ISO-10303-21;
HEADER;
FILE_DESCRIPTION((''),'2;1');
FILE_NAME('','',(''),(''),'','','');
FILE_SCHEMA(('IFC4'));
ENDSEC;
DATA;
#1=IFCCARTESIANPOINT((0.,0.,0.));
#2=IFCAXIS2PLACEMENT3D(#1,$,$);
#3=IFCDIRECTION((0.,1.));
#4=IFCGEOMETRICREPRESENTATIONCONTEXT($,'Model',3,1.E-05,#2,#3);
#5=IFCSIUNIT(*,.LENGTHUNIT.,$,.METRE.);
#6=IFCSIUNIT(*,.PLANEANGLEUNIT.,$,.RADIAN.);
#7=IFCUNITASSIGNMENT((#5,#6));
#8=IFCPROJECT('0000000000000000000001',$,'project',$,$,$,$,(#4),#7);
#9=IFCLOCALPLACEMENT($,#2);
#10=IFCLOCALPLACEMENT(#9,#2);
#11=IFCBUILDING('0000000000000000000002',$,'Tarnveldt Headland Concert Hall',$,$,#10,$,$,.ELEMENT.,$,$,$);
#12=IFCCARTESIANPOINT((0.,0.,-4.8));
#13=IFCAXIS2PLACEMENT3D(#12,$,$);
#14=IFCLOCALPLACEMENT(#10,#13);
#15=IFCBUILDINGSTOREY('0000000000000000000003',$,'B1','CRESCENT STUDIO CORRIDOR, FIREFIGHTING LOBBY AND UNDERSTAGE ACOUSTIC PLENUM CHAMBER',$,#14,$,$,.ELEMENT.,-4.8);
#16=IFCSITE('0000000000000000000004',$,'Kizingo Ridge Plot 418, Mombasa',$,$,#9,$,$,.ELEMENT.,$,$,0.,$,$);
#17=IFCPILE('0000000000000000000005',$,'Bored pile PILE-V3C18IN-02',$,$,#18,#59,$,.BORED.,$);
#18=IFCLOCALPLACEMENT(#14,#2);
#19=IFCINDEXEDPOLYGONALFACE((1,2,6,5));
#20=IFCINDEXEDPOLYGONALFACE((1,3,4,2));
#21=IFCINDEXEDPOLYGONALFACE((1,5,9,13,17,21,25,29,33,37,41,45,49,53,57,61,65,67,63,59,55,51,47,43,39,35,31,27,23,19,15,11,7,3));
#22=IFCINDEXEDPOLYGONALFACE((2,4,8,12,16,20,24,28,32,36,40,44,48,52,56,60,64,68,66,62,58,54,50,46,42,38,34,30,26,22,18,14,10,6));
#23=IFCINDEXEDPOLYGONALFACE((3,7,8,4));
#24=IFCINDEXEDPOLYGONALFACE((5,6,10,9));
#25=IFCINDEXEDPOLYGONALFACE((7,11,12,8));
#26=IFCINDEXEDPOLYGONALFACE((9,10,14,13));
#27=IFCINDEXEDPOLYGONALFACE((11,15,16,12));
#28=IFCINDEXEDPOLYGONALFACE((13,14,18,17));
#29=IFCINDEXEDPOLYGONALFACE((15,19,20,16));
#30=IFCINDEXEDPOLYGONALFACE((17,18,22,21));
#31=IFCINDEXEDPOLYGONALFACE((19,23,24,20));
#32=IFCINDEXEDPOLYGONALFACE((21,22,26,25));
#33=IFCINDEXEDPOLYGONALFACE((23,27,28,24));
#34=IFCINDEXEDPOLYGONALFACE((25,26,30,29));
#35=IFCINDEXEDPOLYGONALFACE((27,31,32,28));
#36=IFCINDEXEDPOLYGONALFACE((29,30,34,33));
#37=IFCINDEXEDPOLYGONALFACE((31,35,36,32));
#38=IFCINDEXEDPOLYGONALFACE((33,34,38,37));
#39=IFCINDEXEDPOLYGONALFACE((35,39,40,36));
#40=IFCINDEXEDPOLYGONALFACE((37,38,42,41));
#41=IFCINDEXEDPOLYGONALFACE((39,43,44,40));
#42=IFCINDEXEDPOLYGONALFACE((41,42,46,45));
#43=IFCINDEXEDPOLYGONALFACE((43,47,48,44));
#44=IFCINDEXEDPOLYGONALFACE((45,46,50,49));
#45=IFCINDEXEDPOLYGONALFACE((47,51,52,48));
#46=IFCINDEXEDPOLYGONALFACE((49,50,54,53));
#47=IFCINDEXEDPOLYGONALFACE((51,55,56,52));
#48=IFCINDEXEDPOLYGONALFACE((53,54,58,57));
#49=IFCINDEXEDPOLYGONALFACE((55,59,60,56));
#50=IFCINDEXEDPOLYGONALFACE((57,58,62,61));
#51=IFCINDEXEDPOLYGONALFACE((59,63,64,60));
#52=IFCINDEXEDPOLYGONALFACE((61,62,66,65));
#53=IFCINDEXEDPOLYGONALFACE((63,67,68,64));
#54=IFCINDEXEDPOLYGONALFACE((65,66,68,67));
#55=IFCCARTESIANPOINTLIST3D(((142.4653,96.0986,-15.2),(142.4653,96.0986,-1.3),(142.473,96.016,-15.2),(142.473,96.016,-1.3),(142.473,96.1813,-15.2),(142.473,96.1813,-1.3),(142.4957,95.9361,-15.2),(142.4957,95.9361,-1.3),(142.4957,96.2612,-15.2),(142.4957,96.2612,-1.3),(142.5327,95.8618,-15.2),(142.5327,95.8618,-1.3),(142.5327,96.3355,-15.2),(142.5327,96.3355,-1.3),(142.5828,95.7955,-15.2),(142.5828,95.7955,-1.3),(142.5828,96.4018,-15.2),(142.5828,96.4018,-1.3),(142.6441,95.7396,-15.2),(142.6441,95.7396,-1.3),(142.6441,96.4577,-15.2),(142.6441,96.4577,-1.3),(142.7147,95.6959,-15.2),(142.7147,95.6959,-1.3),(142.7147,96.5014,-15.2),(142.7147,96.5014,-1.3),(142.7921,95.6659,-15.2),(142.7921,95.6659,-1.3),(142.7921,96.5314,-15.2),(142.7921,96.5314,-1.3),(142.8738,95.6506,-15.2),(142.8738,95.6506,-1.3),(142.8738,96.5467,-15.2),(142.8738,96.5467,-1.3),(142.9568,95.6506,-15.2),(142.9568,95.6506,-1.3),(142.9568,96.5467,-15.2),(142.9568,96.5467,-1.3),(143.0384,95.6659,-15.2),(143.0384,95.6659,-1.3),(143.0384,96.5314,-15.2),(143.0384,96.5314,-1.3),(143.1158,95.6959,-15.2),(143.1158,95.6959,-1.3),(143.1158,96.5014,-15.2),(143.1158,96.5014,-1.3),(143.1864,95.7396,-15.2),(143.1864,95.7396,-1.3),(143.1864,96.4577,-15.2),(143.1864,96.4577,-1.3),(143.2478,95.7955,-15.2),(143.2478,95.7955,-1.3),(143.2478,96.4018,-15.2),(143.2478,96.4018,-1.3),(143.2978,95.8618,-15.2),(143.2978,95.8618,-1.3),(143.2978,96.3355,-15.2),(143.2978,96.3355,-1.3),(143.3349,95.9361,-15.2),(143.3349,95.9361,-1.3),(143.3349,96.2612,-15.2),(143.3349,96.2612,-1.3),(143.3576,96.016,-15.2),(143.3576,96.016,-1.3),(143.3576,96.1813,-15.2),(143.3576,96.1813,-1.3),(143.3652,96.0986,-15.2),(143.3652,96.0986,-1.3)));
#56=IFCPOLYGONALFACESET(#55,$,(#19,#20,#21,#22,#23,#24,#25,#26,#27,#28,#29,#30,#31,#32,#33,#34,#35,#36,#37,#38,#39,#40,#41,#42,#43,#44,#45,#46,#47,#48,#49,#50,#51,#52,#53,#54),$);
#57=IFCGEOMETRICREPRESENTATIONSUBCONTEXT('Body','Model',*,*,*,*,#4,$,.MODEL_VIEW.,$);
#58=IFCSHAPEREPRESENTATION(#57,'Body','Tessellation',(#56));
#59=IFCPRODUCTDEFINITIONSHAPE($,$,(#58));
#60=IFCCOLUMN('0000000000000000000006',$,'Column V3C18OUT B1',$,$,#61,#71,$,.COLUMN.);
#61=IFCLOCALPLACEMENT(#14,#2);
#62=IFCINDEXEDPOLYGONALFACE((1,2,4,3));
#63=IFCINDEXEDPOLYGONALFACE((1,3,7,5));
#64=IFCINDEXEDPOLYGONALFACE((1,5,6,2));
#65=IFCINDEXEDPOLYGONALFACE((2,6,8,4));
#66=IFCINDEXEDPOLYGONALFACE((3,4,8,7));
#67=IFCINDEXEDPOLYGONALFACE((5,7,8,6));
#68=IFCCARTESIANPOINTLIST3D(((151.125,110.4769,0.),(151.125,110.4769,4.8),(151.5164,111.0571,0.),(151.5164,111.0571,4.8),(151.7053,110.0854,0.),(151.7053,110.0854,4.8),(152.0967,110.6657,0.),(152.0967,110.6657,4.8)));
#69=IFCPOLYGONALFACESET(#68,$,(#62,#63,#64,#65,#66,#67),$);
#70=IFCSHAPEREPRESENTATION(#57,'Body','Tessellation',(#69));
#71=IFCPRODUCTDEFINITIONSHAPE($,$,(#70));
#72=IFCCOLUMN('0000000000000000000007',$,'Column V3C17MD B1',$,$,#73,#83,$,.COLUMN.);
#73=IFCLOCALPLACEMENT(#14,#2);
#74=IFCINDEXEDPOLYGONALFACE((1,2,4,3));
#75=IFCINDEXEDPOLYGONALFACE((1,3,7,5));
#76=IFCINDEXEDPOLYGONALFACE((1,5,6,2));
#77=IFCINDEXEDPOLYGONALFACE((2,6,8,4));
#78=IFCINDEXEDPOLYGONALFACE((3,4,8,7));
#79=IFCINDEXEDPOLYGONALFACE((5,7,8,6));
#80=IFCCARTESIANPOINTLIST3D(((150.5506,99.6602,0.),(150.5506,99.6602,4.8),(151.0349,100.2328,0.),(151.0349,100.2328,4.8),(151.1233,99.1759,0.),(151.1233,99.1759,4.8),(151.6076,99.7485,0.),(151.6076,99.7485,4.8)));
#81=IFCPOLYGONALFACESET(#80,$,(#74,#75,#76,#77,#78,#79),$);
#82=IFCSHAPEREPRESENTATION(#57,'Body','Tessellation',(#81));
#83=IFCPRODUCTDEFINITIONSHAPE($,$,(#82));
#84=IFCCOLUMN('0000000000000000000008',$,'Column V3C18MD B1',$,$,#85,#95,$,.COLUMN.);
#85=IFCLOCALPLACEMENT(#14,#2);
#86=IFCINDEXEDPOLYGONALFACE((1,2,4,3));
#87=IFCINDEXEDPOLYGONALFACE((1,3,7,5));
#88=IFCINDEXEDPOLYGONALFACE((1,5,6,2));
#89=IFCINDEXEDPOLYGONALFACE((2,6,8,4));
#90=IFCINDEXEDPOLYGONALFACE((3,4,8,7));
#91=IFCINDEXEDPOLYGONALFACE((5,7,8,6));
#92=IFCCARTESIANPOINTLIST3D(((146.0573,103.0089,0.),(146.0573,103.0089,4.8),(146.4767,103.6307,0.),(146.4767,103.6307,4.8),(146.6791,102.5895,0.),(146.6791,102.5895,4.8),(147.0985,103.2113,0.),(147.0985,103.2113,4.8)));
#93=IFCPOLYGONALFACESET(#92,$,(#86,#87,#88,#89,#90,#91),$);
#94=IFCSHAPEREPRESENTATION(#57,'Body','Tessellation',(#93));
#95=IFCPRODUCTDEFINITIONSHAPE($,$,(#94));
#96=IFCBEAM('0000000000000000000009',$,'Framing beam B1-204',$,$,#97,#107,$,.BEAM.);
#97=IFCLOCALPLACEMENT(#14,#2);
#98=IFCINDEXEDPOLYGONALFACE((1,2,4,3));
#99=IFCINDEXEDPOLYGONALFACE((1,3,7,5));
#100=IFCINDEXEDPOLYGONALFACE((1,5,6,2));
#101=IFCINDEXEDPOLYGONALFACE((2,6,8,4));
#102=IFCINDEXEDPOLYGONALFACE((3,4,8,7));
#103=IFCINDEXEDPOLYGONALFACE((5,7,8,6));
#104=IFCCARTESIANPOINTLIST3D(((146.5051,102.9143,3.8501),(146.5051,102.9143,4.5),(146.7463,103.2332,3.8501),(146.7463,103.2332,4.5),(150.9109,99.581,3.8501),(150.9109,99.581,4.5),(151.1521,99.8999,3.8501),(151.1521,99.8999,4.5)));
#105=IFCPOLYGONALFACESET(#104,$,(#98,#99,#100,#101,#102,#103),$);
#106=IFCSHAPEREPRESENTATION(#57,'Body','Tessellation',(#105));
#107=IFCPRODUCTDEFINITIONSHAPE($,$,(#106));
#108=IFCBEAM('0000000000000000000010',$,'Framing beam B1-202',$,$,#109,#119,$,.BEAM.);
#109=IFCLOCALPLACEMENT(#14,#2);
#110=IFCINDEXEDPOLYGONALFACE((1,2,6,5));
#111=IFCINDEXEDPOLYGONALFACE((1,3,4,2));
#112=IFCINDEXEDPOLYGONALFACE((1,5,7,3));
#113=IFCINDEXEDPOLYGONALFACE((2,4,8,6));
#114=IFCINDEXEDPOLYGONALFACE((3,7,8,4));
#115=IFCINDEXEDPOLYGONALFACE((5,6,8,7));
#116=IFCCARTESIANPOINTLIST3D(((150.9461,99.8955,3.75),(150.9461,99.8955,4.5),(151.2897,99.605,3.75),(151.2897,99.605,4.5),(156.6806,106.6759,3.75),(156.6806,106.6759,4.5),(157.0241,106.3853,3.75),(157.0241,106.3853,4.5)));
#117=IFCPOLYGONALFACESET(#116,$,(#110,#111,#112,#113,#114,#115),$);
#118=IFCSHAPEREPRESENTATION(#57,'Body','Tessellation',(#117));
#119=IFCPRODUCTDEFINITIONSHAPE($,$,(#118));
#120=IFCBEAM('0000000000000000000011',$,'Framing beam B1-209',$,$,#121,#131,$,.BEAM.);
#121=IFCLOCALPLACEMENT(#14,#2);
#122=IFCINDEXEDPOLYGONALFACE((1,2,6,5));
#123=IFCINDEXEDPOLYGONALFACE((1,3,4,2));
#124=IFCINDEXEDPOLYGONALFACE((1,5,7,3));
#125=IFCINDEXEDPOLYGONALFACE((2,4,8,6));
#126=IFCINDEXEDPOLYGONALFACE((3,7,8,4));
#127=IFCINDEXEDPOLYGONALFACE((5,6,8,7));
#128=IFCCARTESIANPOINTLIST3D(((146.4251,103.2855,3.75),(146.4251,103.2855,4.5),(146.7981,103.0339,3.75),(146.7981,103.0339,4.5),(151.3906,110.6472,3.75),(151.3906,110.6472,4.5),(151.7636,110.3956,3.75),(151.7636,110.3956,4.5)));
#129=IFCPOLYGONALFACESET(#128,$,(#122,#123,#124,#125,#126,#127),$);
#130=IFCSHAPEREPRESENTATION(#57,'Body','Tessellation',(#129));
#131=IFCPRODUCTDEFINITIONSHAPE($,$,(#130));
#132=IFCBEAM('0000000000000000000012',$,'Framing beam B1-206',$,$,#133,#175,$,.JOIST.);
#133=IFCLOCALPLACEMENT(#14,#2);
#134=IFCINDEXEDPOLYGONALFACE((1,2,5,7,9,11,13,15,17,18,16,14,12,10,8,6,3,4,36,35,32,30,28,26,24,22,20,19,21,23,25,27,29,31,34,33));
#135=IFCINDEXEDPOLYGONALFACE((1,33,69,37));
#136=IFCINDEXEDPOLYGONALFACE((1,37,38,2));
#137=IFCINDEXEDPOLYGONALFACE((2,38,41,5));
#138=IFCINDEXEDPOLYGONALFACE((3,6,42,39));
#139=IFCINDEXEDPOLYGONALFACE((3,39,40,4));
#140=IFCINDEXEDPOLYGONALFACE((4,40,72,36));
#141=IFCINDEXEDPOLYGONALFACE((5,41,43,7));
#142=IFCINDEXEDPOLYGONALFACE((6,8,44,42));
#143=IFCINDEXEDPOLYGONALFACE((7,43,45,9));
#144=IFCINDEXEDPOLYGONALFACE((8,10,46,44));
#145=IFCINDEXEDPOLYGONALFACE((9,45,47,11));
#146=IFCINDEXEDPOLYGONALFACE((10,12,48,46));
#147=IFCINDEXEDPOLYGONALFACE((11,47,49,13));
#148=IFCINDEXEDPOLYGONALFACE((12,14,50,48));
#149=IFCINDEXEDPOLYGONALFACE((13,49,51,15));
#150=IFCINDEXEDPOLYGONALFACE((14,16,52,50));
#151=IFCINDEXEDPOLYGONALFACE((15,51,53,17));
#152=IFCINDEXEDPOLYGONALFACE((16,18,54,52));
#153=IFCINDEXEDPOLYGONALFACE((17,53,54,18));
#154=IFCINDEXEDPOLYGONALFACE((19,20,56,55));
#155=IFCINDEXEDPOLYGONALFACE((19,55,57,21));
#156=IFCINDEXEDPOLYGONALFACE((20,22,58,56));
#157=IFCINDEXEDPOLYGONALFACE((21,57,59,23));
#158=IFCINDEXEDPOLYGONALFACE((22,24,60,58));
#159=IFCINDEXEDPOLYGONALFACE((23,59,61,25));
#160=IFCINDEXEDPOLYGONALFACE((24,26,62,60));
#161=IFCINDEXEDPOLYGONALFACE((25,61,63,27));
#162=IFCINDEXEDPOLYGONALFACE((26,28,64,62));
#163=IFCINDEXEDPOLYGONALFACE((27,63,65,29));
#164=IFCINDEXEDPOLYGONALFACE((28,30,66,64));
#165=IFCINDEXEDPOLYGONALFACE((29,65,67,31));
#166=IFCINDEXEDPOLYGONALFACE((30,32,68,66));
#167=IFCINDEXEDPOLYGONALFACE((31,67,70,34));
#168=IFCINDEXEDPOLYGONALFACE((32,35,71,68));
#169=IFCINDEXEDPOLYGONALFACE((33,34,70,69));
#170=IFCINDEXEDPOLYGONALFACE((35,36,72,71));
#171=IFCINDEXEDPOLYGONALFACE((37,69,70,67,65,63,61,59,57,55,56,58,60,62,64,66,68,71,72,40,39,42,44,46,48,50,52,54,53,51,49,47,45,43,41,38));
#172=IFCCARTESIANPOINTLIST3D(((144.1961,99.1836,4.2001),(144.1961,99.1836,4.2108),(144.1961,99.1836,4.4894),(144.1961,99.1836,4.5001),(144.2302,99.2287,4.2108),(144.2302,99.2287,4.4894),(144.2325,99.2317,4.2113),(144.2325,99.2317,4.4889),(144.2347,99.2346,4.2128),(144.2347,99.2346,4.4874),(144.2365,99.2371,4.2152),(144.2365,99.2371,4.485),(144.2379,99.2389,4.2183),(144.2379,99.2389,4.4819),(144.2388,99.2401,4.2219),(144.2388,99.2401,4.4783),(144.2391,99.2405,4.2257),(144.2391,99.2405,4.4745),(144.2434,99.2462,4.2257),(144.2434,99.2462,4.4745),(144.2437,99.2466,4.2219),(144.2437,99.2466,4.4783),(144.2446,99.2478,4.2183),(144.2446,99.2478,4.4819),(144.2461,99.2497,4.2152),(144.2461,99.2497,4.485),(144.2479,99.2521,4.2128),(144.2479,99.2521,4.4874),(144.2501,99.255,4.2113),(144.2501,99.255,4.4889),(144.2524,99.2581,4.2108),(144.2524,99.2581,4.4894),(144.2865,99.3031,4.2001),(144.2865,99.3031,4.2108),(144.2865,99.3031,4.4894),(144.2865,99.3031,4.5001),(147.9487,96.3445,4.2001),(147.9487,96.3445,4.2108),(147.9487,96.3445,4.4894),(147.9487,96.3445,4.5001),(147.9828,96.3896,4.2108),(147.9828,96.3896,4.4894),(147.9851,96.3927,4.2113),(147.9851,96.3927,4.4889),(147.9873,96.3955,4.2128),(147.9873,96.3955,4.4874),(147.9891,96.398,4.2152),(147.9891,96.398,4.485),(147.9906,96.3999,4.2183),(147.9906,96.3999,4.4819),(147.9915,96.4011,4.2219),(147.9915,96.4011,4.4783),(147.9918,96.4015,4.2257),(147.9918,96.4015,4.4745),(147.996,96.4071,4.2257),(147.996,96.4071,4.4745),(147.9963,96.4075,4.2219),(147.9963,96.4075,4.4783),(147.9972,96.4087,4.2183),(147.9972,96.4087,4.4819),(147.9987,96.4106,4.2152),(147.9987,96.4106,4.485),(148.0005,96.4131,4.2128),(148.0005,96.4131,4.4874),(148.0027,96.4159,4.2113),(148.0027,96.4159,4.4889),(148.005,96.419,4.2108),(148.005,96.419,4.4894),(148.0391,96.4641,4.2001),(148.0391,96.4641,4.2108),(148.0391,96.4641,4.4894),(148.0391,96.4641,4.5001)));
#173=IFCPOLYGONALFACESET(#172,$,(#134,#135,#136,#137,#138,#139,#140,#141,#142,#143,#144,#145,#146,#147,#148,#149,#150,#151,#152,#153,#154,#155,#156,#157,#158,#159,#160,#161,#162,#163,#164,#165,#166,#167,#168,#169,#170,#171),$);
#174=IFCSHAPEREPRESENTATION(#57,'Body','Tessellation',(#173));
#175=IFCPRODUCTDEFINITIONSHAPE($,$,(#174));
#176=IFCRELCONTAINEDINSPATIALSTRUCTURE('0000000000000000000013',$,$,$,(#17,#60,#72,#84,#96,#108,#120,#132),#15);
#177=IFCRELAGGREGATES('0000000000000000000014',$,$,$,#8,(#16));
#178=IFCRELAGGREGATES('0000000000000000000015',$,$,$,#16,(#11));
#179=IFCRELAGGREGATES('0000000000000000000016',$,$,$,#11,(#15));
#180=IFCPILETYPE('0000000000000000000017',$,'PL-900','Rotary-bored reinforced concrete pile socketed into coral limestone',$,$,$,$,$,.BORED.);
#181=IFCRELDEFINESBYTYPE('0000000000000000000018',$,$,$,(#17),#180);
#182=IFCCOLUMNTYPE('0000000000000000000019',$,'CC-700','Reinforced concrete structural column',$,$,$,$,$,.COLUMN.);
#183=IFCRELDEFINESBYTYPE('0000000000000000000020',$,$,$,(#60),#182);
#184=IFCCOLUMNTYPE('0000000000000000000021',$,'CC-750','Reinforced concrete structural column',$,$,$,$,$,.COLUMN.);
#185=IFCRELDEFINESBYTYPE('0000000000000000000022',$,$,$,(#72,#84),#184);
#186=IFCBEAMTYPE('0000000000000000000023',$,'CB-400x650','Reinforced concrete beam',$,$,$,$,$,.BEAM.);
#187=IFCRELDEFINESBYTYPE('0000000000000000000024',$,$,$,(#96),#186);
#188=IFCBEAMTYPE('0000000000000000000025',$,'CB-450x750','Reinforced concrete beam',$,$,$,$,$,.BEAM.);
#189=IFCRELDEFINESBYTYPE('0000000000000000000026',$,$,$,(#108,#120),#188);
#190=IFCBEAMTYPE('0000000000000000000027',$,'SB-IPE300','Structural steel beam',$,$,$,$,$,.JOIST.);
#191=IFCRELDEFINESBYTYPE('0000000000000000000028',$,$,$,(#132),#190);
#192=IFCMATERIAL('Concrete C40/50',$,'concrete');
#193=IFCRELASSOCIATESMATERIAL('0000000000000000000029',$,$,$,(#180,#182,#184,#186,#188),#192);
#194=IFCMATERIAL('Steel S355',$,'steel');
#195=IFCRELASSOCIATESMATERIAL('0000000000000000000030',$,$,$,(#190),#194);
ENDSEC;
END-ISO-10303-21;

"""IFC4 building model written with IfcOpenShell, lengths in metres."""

from ifc_helpers import new_model, si_unit, direction, frame, origin, origin_2d, place, context, subcontext, project, spatial, rectangle, circle, i_section, extrude, material, material_profile, profile_set, type_object, element, save


model = new_model("IFC4")

# Units and contexts
model_context = context("Model", 3, precision=1e-05, world=origin(), true_north=direction((0.0, 1.0)))
body_context = subcontext(model_context, "Body", "Model", "MODEL_VIEW")
ifc_project = project(units=[si_unit("LENGTHUNIT", "METRE"), si_unit("PLANEANGLEUNIT", "RADIAN")], contexts=[model_context])

# Site, building, storey
site_placement = place(None, origin())
site = spatial("IfcSite", under=ifc_project, at=site_placement, Name="Kizingo Ridge Plot 418, Mombasa", CompositionType="ELEMENT", RefElevation=0.0)
building_placement = place(site_placement, origin())
building = spatial("IfcBuilding", under=site, at=building_placement, Name="Tarnveldt Headland Concert Hall", CompositionType="ELEMENT")
storey_placement = place(building_placement, frame((0.0, 0.0, -4.8)))
storey = spatial("IfcBuildingStorey", under=building, at=storey_placement, Name="B1", Description="CRESCENT STUDIO CORRIDOR, FIREFIGHTING LOBBY AND UNDERSTAGE ACOUSTIC PLENUM CHAMBER", CompositionType="ELEMENT", Elevation=-4.8)

# Shared definitions
ifc_material_1 = material(Name="Concrete C40/50", Category="concrete")

# Pile
ifc_material_profile_1 = material_profile(ifc_material_1, circle(Radius=0.45, at=origin_2d()), Name="BORED PILE D900", Category="concrete")
ifc_profile_set_1 = profile_set([ifc_material_profile_1], Name="Concrete C40/50")
pile_type_1 = type_object("IfcPileType", Name="PL-900", Description="Rotary-bored reinforced concrete pile socketed into coral limestone", PredefinedType="BORED", material=ifc_profile_set_1)
for number, where, z_axis, x_axis, name in (
    (1, (142.9153, 96.0986, -1.3), (0.0, 0.0, -1.0), (1.0, 0.0, 0.0), "Bored pile PILE-V3C18IN-02"),
):
    element("IfcPile", number, at=place(storey_placement, frame(where, z_axis=z_axis, x_axis=x_axis)), inside=storey, type_object=pile_type_1, Name=name, PredefinedType="BORED", context=body_context, shape_type="SweptSolid", body=[
        extrude(circle(Radius=0.45, at=origin_2d()), origin(), (0.0, 0.0, 1.0), 13.8999),
    ])

# Columns
ifc_material_profile_2 = material_profile(ifc_material_1, rectangle(XDim=0.7, YDim=0.7, at=origin_2d()), Name="RC 700x700", Category="concrete")
ifc_profile_set_2 = profile_set([ifc_material_profile_2], Name="Concrete C40/50")
column_type_1 = type_object("IfcColumnType", Name="CC-700", Description="Reinforced concrete structural column", PredefinedType="COLUMN", material=ifc_profile_set_2)
column_placement = place(storey_placement, frame((151.6108, 110.5713, 0.0), z_axis=(0.0, 0.0, 1.0), x_axis=(0.559193, 0.829038, 0.0)))
element("IfcColumn", 2, at=column_placement, inside=storey, type_object=column_type_1, Name="Column V3C18OUT B1", PredefinedType="COLUMN", context=body_context, shape_type="SweptSolid", body=[
    extrude(rectangle(XDim=0.7, YDim=0.7, at=origin_2d()), origin(), (0.0, 0.0, 1.0), 4.8),
])
ifc_material_profile_3 = material_profile(ifc_material_1, rectangle(XDim=0.75, YDim=0.75, at=origin_2d()), Name="RC 750x750", Category="concrete")
ifc_profile_set_3 = profile_set([ifc_material_profile_3], Name="Concrete C40/50")
column_type_2 = type_object("IfcColumnType", Name="CC-750", Description="Reinforced concrete structural column", PredefinedType="COLUMN", material=ifc_profile_set_3)
for number, where, z_axis, x_axis, name in (
    (3, (151.0791, 99.7043, 0.0), (0.0, 0.0, 1.0), (0.645724, 0.763571, 0.0), "Column V3C17MD B1"),
    (4, (146.5779, 103.1101, 0.0), (0.0, 0.0, 1.0), (0.559193, 0.829038, 0.0), "Column V3C18MD B1"),
):
    element("IfcColumn", number, at=place(storey_placement, frame(where, z_axis=z_axis, x_axis=x_axis)), inside=storey, type_object=column_type_2, Name=name, PredefinedType="COLUMN", context=body_context, shape_type="SweptSolid", body=[
        extrude(rectangle(XDim=0.75, YDim=0.75, at=origin_2d()), origin(), (0.0, 0.0, 1.0), 4.8),
    ])

# Beams
ifc_material_profile_4 = material_profile(ifc_material_1, rectangle(XDim=0.3999, YDim=0.6499, at=origin_2d()), Name="RC 400x650", Category="concrete")
ifc_profile_set_4 = profile_set([ifc_material_profile_4], Name="Concrete C40/50")
beam_type_1 = type_object("IfcBeamType", Name="CB-400x650", Description="Reinforced concrete beam", PredefinedType="BEAM", material=ifc_profile_set_4)
beam_1_placement = place(storey_placement, frame((151.0315, 99.7405, 4.175), z_axis=(-0.797479, 0.603346, 0.0), x_axis=(-0.603346, -0.797479, 0.0)))
element("IfcBeam", 5, at=beam_1_placement, inside=storey, type_object=beam_type_1, Name="Framing beam B1-204", PredefinedType="BEAM", context=body_context, shape_type="SweptSolid", body=[
    extrude(rectangle(XDim=0.3999, YDim=0.6499, at=origin_2d()), origin(), (0.0, 0.0, 1.0), 5.5247),
])
ifc_material_profile_5 = material_profile(ifc_material_1, rectangle(XDim=0.45, YDim=0.75, at=origin_2d()), Name="RC 450x750", Category="concrete")
ifc_profile_set_5 = profile_set([ifc_material_profile_5], Name="Concrete C40/50")
beam_type_2 = type_object("IfcBeamType", Name="CB-450x750", Description="Reinforced concrete beam", PredefinedType="BEAM", material=ifc_profile_set_5)
beam_2_placement = place(storey_placement, frame((151.1179, 99.7502, 4.125), z_axis=(0.64576, 0.763541, 0.0), x_axis=(-0.763541, 0.64576, 0.0)))
element("IfcBeam", 6, at=beam_2_placement, inside=storey, type_object=beam_type_2, Name="Framing beam B1-202", PredefinedType="BEAM", context=body_context, shape_type="SweptSolid", body=[
    extrude(rectangle(XDim=0.45, YDim=0.75, at=origin_2d()), origin(), (0.0, 0.0, 1.0), 8.8801),
])
beam_3_placement = place(storey_placement, frame((146.6116, 103.1597, 4.125), z_axis=(0.55919, 0.829039, 0.0), x_axis=(-0.829039, 0.55919, 0.0)))
element("IfcBeam", 7, at=beam_3_placement, inside=storey, type_object=beam_type_2, Name="Framing beam B1-209", PredefinedType="BEAM", context=body_context, shape_type="SweptSolid", body=[
    extrude(rectangle(XDim=0.45, YDim=0.75, at=origin_2d()), origin(), (0.0, 0.0, 1.0), 8.8799),
])
ifc_material_2 = material(Name="Steel S355", Category="steel")
ifc_material_profile_6 = material_profile(ifc_material_2, i_section(OverallWidth=0.1499, OverallDepth=0.3, WebThickness=0.0071, FlangeThickness=0.0107, FilletRadius=0.0149, at=origin_2d()), Name="IPE300", Category="steel")
ifc_profile_set_6 = profile_set([ifc_material_profile_6], Name="Steel S355")
beam_type_3 = type_object("IfcBeamType", Name="SB-IPE300", Description="Structural steel beam", PredefinedType="JOIST", material=ifc_profile_set_6)
beam_4_placement = place(storey_placement, frame((147.9939, 96.4043, 4.3501), z_axis=(-0.797484, 0.60334, 0.0), x_axis=(-0.60334, -0.797484, 0.0)))
element("IfcBeam", 8, at=beam_4_placement, inside=storey, type_object=beam_type_3, Name="Framing beam B1-206", PredefinedType="JOIST", context=body_context, shape_type="SweptSolid", body=[
    extrude(i_section(OverallWidth=0.1499, OverallDepth=0.3, WebThickness=0.0071, FlangeThickness=0.0107, FilletRadius=0.0149, at=origin_2d()), origin(), (0.0, 0.0, 1.0), 4.7056),
])

save(model, "model.ifc")
